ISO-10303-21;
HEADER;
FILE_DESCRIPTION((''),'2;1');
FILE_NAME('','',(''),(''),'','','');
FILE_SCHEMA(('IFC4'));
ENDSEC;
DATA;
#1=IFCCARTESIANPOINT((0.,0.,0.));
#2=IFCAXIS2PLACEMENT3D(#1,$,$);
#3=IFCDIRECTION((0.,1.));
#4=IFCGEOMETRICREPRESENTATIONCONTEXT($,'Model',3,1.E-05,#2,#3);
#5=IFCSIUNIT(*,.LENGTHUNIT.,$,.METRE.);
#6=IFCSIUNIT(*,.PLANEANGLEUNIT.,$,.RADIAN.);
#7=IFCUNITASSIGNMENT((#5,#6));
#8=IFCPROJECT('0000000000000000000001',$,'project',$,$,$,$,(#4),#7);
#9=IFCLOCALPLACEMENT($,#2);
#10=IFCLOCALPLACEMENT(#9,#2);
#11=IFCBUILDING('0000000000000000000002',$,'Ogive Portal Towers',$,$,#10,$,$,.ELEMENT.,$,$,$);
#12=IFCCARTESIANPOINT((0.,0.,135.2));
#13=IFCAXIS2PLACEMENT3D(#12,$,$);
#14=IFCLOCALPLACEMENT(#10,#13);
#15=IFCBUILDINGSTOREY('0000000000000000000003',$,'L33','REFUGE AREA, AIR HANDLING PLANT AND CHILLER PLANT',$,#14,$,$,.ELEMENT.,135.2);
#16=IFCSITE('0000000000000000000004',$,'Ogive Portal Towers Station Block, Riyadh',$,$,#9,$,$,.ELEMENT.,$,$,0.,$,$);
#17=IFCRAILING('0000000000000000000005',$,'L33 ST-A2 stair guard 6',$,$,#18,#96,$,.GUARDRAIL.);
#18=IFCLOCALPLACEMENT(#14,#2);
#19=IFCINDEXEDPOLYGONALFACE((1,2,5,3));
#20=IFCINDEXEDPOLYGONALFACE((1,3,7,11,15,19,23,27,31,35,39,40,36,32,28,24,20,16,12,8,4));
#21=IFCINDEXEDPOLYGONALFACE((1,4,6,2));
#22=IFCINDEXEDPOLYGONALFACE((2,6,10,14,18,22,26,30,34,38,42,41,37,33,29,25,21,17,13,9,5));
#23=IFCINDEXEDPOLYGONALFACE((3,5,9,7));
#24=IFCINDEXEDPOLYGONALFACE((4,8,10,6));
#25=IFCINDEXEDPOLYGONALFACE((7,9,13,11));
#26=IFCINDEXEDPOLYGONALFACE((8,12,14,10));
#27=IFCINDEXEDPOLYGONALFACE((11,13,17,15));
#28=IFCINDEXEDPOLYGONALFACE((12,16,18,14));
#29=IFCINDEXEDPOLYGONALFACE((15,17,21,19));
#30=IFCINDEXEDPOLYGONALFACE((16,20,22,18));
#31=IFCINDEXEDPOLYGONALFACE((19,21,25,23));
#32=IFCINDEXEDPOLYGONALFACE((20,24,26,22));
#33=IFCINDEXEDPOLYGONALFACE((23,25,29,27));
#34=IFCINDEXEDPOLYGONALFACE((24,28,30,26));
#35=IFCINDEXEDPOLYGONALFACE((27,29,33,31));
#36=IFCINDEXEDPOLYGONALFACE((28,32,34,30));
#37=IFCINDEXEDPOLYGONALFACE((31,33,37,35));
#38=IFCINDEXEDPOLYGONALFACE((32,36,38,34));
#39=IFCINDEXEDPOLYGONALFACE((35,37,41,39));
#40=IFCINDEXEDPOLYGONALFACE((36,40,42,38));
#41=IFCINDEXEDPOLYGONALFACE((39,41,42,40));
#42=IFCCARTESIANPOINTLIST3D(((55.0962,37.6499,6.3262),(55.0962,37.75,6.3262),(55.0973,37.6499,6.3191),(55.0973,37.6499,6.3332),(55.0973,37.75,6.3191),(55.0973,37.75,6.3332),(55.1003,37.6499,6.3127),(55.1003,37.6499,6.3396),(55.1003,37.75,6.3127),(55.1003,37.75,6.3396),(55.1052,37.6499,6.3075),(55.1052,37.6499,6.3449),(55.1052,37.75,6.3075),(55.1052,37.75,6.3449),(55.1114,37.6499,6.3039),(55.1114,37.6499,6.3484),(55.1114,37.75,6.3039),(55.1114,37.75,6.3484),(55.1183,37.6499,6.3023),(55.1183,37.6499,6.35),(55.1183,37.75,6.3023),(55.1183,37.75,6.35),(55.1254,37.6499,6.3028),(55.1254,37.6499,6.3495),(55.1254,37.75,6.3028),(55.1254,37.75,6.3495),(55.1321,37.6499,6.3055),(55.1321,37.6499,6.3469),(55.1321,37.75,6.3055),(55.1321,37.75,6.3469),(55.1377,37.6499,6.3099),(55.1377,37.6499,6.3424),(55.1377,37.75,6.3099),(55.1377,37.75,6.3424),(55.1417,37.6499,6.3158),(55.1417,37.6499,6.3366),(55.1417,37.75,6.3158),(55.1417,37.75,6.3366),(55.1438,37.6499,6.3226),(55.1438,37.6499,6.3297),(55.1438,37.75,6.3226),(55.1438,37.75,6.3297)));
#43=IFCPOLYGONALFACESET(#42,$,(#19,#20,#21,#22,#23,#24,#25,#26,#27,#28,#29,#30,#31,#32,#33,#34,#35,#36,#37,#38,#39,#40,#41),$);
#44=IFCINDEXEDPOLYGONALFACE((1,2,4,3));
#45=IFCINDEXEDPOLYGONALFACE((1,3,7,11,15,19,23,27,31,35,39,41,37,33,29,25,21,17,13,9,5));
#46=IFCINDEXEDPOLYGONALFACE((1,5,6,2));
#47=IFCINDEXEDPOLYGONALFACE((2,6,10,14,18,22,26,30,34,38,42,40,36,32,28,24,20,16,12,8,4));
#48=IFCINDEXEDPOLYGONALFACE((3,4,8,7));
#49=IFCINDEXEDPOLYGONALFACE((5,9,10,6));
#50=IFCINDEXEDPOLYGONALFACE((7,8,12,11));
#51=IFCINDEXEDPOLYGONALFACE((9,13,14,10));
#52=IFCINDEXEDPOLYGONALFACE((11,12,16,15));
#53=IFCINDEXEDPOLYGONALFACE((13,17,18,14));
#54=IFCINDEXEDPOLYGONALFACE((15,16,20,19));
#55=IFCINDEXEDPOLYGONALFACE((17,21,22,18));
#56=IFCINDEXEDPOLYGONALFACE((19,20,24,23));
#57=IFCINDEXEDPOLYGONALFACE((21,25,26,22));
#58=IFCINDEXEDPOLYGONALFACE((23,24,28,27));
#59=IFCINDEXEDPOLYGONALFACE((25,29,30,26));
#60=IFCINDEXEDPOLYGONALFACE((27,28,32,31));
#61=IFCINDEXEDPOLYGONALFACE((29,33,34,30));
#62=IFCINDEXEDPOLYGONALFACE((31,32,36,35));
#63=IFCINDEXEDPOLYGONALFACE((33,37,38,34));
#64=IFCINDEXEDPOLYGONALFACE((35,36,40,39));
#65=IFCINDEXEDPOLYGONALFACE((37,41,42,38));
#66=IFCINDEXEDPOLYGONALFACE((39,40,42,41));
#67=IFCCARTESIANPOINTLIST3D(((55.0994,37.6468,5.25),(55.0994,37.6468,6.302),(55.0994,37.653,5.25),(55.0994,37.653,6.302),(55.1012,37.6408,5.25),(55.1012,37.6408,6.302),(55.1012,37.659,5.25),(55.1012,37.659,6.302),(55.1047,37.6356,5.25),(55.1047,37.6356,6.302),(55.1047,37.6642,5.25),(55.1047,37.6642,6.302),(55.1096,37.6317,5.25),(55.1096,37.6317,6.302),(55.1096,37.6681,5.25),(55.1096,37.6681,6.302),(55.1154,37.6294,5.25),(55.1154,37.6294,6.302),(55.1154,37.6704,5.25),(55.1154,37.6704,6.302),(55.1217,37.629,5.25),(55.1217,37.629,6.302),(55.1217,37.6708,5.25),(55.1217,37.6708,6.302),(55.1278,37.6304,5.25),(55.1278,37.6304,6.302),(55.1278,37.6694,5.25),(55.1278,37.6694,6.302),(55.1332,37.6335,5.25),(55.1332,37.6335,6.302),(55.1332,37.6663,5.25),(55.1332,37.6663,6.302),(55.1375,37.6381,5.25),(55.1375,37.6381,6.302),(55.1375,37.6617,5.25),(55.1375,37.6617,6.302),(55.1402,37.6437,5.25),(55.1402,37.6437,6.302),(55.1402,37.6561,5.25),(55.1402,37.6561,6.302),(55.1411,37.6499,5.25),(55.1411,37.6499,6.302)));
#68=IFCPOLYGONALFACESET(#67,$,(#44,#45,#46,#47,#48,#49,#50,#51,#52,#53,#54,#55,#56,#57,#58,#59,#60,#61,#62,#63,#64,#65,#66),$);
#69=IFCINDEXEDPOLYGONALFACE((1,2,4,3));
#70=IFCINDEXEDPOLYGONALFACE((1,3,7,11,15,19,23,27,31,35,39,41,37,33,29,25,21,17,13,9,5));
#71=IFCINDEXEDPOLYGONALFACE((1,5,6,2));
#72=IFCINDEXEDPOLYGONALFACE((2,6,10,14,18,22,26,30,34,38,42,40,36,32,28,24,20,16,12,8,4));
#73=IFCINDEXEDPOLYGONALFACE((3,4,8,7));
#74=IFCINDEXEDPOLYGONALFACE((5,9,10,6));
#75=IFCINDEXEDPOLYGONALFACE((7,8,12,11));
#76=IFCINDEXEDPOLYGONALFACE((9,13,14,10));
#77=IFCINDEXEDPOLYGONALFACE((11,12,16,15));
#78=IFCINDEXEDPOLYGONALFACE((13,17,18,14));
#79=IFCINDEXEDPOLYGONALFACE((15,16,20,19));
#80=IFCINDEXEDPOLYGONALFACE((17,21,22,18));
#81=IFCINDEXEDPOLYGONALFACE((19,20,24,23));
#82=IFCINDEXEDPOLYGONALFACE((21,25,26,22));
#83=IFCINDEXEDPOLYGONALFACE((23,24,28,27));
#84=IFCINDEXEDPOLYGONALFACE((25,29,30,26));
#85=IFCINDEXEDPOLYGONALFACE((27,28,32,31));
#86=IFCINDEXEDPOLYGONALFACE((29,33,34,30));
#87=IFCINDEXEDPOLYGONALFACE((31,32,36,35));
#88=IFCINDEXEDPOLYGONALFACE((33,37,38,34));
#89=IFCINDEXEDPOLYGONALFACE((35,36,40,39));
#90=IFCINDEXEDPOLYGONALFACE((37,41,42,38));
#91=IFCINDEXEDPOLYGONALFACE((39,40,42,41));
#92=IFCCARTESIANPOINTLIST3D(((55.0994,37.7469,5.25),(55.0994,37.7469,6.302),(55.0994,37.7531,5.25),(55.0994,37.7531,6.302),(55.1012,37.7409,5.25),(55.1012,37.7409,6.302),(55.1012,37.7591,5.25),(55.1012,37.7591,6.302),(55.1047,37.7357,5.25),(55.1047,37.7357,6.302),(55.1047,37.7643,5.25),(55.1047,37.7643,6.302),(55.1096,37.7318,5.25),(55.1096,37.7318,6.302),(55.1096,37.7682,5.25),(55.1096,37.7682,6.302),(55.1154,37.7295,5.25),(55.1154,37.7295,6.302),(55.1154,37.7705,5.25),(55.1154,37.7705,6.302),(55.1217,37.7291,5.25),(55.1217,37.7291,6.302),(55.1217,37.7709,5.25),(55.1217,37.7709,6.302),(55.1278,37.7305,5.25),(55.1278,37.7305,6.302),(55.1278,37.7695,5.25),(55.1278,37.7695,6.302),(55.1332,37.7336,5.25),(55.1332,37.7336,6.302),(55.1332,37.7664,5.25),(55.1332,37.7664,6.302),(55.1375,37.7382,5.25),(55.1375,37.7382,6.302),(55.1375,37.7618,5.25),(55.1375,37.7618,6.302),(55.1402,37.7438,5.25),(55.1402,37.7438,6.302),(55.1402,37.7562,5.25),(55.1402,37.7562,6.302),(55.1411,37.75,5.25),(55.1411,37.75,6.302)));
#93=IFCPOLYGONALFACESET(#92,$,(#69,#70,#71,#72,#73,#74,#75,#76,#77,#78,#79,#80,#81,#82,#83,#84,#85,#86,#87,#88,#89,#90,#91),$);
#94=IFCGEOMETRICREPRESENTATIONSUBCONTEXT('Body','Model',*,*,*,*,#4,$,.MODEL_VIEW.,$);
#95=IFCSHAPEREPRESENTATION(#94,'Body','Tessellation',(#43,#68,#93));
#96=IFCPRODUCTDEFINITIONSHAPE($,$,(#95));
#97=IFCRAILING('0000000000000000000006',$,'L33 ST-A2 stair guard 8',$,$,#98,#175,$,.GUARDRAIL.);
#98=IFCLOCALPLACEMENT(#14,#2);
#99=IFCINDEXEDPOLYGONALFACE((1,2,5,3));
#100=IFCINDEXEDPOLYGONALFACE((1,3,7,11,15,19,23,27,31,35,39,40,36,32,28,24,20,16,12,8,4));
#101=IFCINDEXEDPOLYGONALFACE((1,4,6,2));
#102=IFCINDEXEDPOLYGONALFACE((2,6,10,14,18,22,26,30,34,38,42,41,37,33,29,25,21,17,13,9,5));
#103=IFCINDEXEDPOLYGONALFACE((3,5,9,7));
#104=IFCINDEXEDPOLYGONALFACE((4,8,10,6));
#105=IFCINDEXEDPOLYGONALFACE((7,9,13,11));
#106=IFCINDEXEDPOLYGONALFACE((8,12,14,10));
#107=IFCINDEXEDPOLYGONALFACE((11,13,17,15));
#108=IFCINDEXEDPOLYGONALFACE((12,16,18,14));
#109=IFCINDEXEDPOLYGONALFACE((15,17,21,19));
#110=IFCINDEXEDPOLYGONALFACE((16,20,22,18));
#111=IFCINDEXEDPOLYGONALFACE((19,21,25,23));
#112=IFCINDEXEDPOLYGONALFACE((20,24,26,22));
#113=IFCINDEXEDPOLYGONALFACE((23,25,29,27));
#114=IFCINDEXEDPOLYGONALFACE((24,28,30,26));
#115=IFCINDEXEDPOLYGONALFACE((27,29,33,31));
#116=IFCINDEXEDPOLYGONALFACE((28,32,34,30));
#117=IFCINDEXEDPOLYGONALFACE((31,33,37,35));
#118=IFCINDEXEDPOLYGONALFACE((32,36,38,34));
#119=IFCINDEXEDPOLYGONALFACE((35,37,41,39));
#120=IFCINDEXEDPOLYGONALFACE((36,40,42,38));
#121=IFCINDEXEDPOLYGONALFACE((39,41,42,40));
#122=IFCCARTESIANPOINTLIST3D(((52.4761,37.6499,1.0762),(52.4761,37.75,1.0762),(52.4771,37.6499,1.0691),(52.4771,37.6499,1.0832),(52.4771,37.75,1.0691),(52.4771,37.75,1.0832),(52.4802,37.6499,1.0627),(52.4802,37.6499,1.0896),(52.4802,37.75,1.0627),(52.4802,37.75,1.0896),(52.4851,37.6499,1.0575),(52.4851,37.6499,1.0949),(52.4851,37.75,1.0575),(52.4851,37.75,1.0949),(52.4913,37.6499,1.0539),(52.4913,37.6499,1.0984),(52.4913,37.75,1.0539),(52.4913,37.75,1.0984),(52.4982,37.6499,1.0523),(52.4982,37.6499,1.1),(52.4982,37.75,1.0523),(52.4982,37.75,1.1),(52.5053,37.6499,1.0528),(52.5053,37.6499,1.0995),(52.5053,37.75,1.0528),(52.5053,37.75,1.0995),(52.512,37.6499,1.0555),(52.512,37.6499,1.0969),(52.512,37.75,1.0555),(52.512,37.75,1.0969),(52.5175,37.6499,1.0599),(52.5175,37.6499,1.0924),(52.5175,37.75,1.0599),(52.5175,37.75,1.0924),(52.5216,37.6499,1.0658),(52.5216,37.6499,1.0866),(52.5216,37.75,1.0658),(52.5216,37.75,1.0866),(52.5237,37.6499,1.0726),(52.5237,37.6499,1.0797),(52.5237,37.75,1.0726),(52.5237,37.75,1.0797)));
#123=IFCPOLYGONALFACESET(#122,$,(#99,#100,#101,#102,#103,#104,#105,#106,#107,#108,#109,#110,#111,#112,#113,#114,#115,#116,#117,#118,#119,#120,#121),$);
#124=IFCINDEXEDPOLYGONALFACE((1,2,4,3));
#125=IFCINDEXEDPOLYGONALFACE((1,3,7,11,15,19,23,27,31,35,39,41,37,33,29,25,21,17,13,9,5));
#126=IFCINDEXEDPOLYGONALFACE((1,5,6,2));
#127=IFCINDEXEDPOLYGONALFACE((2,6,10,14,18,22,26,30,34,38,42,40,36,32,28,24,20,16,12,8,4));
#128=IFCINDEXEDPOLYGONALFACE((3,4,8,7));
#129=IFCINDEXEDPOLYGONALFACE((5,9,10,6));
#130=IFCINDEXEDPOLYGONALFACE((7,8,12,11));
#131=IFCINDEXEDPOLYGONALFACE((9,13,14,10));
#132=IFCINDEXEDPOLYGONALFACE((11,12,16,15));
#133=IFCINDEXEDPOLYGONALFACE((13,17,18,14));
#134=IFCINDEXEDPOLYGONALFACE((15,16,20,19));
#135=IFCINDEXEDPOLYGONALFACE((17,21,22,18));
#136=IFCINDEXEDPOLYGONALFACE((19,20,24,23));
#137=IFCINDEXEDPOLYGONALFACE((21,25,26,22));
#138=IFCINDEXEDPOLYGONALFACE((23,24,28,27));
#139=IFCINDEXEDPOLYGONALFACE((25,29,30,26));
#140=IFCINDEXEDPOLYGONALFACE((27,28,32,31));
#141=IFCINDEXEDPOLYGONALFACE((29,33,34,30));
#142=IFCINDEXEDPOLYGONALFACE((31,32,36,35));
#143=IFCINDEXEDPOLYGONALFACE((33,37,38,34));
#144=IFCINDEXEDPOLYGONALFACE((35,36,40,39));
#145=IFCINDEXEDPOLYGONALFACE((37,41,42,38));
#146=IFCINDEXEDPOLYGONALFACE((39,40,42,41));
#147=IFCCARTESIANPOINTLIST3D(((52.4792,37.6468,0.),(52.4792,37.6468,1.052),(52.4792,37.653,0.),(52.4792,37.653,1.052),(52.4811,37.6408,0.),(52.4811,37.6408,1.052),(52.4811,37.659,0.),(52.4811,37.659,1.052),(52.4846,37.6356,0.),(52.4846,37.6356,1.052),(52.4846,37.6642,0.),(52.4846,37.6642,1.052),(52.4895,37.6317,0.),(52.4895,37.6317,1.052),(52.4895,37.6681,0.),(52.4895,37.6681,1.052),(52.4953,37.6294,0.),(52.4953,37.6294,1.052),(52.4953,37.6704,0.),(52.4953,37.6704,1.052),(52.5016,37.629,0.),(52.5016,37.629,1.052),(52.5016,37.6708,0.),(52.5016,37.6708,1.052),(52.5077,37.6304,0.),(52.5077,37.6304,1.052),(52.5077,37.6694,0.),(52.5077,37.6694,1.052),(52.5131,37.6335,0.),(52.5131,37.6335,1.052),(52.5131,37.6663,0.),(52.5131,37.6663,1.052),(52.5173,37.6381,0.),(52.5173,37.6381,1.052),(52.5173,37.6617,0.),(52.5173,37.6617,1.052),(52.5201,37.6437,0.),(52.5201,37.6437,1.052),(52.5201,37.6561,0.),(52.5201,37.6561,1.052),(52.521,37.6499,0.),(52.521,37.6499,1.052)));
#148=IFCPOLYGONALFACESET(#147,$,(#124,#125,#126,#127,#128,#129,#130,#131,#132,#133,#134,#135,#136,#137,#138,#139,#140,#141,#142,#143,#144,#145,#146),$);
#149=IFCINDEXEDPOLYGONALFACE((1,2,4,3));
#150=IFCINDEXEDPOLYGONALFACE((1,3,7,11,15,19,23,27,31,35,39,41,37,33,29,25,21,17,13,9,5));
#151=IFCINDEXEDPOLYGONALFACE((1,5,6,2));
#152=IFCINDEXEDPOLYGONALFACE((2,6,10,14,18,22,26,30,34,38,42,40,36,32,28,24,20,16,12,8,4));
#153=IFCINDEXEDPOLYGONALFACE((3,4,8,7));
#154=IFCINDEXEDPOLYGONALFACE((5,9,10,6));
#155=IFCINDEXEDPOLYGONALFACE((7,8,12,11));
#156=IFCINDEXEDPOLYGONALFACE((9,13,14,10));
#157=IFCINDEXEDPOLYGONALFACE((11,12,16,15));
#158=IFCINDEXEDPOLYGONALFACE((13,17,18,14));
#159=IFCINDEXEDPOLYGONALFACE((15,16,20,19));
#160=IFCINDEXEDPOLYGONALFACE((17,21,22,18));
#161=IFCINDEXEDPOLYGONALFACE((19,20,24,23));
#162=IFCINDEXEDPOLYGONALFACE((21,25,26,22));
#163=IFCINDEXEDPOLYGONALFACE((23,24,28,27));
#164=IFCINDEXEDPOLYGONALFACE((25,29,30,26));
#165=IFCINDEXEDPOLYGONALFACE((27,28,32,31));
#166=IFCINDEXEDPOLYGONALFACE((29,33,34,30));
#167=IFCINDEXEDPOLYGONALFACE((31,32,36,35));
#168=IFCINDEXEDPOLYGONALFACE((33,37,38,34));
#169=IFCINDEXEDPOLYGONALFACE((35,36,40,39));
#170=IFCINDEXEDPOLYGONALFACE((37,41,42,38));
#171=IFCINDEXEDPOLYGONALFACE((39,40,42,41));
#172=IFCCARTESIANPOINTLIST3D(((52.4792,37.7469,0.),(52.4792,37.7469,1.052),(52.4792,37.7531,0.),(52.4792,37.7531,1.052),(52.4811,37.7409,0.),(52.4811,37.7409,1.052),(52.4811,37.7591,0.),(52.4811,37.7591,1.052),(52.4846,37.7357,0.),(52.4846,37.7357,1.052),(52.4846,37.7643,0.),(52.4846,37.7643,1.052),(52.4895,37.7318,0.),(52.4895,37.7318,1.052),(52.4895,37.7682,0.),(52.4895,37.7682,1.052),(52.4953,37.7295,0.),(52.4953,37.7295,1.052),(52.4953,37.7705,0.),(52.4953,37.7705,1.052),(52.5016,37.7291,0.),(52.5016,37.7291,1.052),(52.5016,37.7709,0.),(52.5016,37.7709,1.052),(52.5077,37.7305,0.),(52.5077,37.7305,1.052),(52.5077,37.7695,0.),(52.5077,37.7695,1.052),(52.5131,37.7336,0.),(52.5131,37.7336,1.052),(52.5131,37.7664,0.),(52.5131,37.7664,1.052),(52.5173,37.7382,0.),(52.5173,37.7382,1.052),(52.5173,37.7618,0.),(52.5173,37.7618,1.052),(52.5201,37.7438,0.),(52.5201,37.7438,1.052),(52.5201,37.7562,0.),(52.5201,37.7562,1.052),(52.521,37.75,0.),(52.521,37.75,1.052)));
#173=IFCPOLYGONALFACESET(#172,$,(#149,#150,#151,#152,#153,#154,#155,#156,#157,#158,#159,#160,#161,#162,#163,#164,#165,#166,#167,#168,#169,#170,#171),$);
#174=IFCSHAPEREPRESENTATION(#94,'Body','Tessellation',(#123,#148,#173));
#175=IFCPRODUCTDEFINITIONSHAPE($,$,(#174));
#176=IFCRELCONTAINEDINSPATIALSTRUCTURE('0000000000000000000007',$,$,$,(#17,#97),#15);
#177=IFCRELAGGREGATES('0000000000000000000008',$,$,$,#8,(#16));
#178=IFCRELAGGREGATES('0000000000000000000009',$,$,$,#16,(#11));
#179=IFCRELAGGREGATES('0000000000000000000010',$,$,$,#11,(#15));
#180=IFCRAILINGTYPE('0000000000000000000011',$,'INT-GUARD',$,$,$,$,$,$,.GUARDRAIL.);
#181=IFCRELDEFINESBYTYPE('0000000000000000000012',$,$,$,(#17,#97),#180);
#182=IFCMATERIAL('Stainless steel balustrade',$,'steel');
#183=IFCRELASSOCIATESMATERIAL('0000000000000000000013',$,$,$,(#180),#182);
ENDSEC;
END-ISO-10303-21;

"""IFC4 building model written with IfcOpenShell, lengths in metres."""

from ifc_helpers import new_model, si_unit, direction, frame, origin, origin_2d, place, context, subcontext, project, spatial, circle, extrude, material, type_object, element, save


model = new_model("IFC4")

# Units and contexts
model_context = context("Model", 3, precision=1e-05, world=origin(), true_north=direction((0.0, 1.0)))
body_context = subcontext(model_context, "Body", "Model", "MODEL_VIEW")
ifc_project = project(units=[si_unit("LENGTHUNIT", "METRE"), si_unit("PLANEANGLEUNIT", "RADIAN")], contexts=[model_context])

# Site, building, storey
site_placement = place(None, origin())
site = spatial("IfcSite", under=ifc_project, at=site_placement, Name="Ogive Portal Towers Station Block, Riyadh", CompositionType="ELEMENT", RefElevation=0.0)
building_placement = place(site_placement, origin())
building = spatial("IfcBuilding", under=site, at=building_placement, Name="Ogive Portal Towers", CompositionType="ELEMENT")
storey_placement = place(building_placement, frame((0.0, 0.0, 135.2)))
storey = spatial("IfcBuildingStorey", under=building, at=storey_placement, Name="L33", Description="REFUGE AREA, AIR HANDLING PLANT AND CHILLER PLANT", CompositionType="ELEMENT", Elevation=135.2)

# Railings
ifc_material_1 = material(Name="Stainless steel balustrade", Category="steel")
railing_type_1 = type_object("IfcRailingType", Name="INT-GUARD", PredefinedType="GUARDRAIL", material=ifc_material_1)
for number, where, name in (
    (1, (55.1201, 37.6499, 5.25), "L33 ST-A2 stair guard 6"),
    (2, (52.5, 37.6499, 0.0), "L33 ST-A2 stair guard 8"),
):
    element("IfcRailing", number, at=place(storey_placement, frame(where)), inside=storey, type_object=railing_type_1, Name=name, PredefinedType="GUARDRAIL", context=body_context, shape_type="SweptSolid", body=[
        extrude(circle(Radius=0.0239, at=origin_2d()), frame((0.0, 0.0, 1.0762), z_axis=(0.0, 1.0, 0.0), x_axis=(-1.0, 0.0, 0.0)), (0.0, 0.0, 1.0), 0.1001),
        extrude(circle(Radius=0.021, at=origin_2d()), origin(), (0.0, 0.0, 1.0), 1.052),
        extrude(circle(Radius=0.021, at=origin_2d()), frame((0.0, 0.1001, 0.0)), (0.0, 0.0, 1.0), 1.052),
    ])

save(model, "model.ifc")
